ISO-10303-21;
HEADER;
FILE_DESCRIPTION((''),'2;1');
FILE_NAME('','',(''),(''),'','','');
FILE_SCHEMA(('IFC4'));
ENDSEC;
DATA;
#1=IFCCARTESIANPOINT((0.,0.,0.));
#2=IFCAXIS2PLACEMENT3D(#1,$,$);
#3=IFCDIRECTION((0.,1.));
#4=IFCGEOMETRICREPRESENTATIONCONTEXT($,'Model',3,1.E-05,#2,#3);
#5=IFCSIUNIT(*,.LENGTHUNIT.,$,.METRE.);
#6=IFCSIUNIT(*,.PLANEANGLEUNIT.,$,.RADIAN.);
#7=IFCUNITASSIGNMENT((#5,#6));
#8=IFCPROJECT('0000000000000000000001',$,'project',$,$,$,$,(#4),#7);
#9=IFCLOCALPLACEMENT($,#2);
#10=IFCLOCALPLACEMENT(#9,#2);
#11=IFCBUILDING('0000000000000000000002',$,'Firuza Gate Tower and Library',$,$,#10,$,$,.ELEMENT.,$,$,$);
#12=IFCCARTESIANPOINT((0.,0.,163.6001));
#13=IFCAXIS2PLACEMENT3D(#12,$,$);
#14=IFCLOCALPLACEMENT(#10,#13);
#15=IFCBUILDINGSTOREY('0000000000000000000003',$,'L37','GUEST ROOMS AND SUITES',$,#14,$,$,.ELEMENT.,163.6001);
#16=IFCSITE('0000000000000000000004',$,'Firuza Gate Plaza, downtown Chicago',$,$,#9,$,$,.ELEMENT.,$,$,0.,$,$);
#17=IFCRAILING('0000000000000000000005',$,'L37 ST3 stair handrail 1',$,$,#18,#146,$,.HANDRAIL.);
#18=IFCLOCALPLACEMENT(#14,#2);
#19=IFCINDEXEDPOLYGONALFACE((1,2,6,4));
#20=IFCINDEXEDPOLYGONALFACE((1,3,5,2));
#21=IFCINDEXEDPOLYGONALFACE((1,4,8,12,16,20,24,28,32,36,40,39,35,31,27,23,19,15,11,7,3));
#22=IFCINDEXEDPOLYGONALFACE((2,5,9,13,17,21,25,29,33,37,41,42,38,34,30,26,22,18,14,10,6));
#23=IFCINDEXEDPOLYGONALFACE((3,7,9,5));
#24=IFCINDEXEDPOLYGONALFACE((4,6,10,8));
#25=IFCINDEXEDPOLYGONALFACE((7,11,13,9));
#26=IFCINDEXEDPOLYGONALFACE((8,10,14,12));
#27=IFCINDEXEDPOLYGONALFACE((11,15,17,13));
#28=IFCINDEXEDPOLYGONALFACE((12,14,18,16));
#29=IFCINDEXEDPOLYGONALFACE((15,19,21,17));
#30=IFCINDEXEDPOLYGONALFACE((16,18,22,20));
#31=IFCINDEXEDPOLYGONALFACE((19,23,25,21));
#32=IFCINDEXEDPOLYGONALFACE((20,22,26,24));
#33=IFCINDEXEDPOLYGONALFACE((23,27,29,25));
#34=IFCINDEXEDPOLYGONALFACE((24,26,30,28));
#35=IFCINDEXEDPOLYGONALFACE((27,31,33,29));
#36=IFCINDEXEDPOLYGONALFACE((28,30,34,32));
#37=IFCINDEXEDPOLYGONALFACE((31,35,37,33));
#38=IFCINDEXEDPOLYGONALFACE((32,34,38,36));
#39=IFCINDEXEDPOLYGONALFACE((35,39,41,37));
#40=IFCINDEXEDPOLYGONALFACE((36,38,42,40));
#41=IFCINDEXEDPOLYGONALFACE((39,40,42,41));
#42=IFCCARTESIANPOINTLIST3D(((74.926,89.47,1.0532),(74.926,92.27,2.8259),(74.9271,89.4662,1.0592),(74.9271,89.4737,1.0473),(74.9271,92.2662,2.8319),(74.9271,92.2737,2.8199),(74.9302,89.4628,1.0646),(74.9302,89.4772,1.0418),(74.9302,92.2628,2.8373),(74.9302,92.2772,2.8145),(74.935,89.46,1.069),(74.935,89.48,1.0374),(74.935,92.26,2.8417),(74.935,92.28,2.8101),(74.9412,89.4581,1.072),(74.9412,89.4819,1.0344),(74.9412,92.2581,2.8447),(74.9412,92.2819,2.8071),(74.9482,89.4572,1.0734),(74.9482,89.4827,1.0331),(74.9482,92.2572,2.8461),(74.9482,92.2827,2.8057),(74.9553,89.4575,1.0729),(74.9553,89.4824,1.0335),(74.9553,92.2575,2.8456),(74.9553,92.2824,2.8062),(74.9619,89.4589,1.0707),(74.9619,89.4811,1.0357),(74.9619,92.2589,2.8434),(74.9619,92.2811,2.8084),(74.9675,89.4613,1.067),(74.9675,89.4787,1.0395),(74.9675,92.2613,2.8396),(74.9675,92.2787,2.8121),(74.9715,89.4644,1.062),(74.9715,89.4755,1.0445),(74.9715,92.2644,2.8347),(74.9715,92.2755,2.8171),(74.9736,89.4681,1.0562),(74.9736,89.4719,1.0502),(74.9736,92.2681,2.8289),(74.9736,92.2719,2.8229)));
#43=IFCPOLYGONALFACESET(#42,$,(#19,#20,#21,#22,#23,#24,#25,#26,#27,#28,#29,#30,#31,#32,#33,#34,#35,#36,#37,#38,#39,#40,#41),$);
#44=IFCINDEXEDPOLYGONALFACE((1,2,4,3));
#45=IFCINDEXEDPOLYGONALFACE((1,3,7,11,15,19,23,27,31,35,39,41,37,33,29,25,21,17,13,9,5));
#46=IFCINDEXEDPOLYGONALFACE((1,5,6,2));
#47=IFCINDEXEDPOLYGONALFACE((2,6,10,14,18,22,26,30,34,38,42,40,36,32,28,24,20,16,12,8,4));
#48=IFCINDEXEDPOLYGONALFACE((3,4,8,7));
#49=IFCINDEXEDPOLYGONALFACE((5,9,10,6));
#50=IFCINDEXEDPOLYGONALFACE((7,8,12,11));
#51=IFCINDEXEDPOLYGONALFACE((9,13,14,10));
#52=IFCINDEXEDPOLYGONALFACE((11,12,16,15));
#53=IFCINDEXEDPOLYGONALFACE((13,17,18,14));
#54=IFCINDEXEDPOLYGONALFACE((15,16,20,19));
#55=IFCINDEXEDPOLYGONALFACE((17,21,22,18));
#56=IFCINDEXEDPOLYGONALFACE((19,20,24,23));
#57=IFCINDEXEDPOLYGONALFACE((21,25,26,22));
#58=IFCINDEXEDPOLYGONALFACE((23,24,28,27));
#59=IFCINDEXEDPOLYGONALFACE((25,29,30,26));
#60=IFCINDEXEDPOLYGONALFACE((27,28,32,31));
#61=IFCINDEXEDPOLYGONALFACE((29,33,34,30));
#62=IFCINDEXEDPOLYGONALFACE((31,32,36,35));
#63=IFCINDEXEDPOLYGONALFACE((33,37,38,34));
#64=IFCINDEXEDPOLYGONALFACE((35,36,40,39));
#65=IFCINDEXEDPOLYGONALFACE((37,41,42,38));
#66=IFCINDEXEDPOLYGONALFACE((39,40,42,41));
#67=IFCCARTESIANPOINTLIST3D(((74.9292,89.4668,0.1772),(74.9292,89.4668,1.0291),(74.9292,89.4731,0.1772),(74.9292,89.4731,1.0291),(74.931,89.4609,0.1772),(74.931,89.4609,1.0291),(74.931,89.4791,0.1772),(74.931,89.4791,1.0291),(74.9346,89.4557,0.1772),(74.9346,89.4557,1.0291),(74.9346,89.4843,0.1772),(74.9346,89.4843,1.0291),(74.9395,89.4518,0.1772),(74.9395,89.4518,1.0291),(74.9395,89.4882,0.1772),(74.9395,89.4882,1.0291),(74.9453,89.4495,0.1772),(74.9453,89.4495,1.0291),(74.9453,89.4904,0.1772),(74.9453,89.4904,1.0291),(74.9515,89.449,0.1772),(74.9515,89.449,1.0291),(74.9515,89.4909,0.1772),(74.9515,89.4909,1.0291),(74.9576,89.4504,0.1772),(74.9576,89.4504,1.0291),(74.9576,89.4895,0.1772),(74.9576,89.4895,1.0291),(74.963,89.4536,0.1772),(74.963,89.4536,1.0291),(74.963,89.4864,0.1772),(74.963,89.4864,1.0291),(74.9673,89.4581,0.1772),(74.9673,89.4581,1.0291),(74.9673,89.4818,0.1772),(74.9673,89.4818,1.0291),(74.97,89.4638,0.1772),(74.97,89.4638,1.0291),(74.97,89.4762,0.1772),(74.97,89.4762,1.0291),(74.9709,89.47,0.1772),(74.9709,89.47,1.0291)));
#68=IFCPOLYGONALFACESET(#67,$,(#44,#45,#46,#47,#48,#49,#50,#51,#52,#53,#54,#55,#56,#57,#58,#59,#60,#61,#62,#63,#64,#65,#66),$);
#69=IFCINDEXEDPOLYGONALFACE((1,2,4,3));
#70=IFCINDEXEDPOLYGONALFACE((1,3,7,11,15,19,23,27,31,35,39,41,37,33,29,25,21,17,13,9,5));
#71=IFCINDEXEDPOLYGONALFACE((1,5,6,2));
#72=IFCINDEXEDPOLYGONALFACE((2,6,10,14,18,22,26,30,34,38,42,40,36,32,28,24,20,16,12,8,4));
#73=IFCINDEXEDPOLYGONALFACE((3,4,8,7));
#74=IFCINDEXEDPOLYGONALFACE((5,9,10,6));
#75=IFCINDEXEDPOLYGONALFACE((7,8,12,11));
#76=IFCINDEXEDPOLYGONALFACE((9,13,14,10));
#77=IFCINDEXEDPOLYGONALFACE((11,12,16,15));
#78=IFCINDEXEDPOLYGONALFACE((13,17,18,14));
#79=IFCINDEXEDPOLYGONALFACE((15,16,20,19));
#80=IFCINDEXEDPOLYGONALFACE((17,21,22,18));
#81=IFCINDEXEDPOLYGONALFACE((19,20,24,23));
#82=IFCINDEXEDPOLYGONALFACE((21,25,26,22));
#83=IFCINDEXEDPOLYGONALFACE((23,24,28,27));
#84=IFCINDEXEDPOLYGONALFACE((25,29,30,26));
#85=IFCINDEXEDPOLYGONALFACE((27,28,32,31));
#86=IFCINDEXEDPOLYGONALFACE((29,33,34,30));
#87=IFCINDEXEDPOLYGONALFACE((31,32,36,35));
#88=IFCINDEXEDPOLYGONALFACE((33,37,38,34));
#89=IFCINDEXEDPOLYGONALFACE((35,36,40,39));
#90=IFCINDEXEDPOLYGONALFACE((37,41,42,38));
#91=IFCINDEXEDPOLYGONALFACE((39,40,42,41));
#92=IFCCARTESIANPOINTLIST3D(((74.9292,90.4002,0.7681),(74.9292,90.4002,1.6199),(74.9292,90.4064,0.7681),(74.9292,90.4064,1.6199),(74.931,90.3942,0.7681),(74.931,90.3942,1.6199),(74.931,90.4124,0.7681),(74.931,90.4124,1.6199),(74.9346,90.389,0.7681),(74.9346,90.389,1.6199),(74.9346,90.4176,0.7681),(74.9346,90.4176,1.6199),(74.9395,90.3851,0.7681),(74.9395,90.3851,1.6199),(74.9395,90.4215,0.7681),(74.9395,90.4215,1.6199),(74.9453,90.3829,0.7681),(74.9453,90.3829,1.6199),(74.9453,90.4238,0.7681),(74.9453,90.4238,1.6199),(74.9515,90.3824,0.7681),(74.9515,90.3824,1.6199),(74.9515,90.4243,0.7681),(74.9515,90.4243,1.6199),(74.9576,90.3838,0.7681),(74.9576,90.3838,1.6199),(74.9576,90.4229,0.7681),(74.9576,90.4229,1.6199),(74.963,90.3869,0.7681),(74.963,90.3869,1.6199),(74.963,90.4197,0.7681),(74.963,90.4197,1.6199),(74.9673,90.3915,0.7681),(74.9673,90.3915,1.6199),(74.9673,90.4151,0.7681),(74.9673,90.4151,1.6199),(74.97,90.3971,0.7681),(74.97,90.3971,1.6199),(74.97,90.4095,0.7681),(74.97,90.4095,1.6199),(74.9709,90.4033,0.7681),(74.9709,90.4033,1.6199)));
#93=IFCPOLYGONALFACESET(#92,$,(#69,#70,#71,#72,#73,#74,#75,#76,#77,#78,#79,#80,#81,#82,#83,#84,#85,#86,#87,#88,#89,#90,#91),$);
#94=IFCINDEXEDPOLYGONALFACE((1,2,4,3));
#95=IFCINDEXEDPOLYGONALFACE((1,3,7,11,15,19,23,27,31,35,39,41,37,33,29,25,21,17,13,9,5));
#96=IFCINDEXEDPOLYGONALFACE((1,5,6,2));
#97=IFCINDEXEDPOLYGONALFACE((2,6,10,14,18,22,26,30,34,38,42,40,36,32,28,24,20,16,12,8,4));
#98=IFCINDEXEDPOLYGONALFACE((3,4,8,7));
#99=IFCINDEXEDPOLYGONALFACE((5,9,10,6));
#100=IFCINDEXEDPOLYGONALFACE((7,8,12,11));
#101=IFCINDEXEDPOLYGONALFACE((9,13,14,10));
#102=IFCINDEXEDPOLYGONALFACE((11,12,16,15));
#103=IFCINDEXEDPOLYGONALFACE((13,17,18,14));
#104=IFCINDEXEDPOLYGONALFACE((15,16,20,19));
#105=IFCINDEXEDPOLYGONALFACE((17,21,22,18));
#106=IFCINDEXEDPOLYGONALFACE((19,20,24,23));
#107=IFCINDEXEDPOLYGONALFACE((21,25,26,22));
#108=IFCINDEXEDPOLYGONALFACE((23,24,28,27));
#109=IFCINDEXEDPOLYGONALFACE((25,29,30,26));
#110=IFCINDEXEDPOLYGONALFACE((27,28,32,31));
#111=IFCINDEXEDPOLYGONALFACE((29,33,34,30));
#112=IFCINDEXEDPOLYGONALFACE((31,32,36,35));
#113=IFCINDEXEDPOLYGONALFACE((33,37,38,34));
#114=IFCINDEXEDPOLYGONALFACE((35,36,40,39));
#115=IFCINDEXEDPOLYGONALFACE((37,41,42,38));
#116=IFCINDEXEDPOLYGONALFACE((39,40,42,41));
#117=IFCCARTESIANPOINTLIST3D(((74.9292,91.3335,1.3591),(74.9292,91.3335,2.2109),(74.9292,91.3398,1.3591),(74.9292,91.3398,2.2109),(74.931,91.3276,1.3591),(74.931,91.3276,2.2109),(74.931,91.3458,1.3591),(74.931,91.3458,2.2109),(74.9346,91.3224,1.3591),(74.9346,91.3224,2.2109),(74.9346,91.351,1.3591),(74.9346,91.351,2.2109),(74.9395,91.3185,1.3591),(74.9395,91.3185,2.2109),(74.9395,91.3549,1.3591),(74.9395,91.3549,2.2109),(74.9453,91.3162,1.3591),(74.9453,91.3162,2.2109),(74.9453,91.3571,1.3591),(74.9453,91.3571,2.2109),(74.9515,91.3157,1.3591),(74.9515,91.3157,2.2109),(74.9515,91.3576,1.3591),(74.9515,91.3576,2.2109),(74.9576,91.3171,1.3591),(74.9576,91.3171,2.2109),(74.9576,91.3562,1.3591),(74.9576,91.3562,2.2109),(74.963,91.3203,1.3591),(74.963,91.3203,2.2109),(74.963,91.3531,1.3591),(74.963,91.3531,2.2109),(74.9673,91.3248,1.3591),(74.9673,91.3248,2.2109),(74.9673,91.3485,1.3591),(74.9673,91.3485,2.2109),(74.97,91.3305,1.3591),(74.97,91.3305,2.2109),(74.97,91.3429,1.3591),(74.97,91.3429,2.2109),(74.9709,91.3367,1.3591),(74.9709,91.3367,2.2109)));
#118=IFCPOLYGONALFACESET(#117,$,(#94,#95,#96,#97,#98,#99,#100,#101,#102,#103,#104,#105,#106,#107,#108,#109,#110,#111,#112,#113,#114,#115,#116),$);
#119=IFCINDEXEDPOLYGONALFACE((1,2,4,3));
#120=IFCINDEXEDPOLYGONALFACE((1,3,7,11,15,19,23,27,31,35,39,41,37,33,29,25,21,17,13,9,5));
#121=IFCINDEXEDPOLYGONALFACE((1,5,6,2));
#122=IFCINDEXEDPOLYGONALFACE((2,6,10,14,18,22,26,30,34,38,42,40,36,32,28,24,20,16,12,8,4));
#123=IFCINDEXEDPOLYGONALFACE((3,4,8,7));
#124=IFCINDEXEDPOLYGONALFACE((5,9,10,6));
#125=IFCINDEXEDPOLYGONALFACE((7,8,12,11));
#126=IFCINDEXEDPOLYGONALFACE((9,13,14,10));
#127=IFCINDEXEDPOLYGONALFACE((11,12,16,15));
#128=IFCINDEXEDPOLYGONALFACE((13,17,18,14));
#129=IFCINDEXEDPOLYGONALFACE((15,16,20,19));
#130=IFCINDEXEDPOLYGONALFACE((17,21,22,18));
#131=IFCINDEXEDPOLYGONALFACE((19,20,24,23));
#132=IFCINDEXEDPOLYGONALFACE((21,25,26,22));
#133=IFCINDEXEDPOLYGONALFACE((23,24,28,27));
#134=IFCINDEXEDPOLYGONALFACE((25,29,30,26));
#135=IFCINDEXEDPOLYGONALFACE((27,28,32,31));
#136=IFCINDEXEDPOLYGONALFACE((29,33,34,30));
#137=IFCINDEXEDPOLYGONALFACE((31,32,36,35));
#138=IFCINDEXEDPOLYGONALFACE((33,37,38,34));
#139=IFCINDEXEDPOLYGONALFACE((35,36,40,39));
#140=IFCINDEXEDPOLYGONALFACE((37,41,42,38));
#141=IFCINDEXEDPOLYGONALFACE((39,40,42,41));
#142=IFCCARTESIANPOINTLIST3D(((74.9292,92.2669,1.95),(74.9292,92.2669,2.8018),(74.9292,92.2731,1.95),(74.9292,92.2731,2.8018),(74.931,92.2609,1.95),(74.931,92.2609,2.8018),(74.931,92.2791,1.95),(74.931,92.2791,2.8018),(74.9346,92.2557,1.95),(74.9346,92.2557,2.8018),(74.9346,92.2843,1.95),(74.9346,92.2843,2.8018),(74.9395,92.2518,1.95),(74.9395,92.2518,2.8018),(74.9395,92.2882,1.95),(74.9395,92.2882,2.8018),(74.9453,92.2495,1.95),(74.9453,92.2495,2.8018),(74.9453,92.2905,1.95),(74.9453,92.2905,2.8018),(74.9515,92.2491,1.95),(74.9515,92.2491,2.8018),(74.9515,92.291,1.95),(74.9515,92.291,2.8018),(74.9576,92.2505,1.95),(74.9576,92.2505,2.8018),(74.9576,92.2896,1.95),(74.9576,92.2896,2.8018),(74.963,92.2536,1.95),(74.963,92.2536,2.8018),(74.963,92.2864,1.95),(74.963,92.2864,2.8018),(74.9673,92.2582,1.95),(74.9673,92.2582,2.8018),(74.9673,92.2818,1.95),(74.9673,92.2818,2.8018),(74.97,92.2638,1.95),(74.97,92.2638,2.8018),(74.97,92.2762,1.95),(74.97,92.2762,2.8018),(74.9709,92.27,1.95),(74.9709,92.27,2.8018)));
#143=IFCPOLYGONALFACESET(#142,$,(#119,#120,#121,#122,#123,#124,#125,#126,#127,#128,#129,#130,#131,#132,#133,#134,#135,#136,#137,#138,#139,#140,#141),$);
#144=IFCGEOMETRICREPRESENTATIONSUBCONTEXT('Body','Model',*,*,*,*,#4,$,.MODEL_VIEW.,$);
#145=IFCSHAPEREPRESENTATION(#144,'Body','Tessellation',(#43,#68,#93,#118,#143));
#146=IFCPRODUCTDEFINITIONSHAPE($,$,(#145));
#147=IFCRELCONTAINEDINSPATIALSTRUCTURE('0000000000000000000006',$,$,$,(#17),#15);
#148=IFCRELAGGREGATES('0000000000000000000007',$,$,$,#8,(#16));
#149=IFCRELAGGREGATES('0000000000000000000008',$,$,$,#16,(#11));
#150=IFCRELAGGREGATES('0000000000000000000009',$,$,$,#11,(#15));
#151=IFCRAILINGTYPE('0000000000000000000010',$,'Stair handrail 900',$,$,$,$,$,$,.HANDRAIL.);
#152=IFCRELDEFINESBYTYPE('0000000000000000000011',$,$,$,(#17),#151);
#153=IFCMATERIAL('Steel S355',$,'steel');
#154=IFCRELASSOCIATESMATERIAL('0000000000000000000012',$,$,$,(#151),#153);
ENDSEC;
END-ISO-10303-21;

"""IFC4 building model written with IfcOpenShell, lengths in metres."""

from ifc_helpers import new_model, si_unit, direction, frame, origin, origin_2d, place, context, subcontext, project, spatial, circle, extrude, material, type_object, element, save


model = new_model("IFC4")

# Units and contexts
model_context = context("Model", 3, precision=1e-05, world=origin(), true_north=direction((0.0, 1.0)))
body_context = subcontext(model_context, "Body", "Model", "MODEL_VIEW")
ifc_project = project(units=[si_unit("LENGTHUNIT", "METRE"), si_unit("PLANEANGLEUNIT", "RADIAN")], contexts=[model_context])

# Site, building, storey
site_placement = place(None, origin())
site = spatial("IfcSite", under=ifc_project, at=site_placement, Name="Firuza Gate Plaza, downtown Chicago", CompositionType="ELEMENT", RefElevation=0.0)
building_placement = place(site_placement, origin())
building = spatial("IfcBuilding", under=site, at=building_placement, Name="Firuza Gate Tower and Library", CompositionType="ELEMENT")
storey_placement = place(building_placement, frame((0.0, 0.0, 163.6001)))
storey = spatial("IfcBuildingStorey", under=building, at=storey_placement, Name="L37", Description="GUEST ROOMS AND SUITES", CompositionType="ELEMENT", Elevation=163.6001)

# Railing
ifc_material_1 = material(Name="Steel S355", Category="steel")
railing_type_1 = type_object("IfcRailingType", Name="Stair handrail 900", PredefinedType="HANDRAIL", material=ifc_material_1)
railing_1_placement = place(storey_placement, frame((74.95, 89.47, 0.1772)))
element("IfcRailing", 1, at=railing_1_placement, inside=storey, type_object=railing_type_1, Name="L37 ST3 stair handrail 1", PredefinedType="HANDRAIL", context=body_context, shape_type="SweptSolid", body=[
    extrude(circle(Radius=0.0239, at=origin_2d()), frame((0.0, 0.0, 0.876), z_axis=(0.0, 0.844909, 0.53491), x_axis=(-1.0, 0.0, 0.0)), (0.0, 0.0, 1.0), 3.314),
    extrude(circle(Radius=0.021, at=origin_2d()), origin(), (0.0, 0.0, 1.0), 0.8518),
    extrude(circle(Radius=0.021, at=origin_2d()), frame((0.0, 0.9333, 0.5908)), (0.0, 0.0, 1.0), 0.8518),
    extrude(circle(Radius=0.021, at=origin_2d()), frame((0.0, 1.8667, 1.1819)), (0.0, 0.0, 1.0), 0.8518),
    extrude(circle(Radius=0.021, at=origin_2d()), frame((0.0, 2.8, 1.7727)), (0.0, 0.0, 1.0), 0.8518),
])

save(model, "model.ifc")
